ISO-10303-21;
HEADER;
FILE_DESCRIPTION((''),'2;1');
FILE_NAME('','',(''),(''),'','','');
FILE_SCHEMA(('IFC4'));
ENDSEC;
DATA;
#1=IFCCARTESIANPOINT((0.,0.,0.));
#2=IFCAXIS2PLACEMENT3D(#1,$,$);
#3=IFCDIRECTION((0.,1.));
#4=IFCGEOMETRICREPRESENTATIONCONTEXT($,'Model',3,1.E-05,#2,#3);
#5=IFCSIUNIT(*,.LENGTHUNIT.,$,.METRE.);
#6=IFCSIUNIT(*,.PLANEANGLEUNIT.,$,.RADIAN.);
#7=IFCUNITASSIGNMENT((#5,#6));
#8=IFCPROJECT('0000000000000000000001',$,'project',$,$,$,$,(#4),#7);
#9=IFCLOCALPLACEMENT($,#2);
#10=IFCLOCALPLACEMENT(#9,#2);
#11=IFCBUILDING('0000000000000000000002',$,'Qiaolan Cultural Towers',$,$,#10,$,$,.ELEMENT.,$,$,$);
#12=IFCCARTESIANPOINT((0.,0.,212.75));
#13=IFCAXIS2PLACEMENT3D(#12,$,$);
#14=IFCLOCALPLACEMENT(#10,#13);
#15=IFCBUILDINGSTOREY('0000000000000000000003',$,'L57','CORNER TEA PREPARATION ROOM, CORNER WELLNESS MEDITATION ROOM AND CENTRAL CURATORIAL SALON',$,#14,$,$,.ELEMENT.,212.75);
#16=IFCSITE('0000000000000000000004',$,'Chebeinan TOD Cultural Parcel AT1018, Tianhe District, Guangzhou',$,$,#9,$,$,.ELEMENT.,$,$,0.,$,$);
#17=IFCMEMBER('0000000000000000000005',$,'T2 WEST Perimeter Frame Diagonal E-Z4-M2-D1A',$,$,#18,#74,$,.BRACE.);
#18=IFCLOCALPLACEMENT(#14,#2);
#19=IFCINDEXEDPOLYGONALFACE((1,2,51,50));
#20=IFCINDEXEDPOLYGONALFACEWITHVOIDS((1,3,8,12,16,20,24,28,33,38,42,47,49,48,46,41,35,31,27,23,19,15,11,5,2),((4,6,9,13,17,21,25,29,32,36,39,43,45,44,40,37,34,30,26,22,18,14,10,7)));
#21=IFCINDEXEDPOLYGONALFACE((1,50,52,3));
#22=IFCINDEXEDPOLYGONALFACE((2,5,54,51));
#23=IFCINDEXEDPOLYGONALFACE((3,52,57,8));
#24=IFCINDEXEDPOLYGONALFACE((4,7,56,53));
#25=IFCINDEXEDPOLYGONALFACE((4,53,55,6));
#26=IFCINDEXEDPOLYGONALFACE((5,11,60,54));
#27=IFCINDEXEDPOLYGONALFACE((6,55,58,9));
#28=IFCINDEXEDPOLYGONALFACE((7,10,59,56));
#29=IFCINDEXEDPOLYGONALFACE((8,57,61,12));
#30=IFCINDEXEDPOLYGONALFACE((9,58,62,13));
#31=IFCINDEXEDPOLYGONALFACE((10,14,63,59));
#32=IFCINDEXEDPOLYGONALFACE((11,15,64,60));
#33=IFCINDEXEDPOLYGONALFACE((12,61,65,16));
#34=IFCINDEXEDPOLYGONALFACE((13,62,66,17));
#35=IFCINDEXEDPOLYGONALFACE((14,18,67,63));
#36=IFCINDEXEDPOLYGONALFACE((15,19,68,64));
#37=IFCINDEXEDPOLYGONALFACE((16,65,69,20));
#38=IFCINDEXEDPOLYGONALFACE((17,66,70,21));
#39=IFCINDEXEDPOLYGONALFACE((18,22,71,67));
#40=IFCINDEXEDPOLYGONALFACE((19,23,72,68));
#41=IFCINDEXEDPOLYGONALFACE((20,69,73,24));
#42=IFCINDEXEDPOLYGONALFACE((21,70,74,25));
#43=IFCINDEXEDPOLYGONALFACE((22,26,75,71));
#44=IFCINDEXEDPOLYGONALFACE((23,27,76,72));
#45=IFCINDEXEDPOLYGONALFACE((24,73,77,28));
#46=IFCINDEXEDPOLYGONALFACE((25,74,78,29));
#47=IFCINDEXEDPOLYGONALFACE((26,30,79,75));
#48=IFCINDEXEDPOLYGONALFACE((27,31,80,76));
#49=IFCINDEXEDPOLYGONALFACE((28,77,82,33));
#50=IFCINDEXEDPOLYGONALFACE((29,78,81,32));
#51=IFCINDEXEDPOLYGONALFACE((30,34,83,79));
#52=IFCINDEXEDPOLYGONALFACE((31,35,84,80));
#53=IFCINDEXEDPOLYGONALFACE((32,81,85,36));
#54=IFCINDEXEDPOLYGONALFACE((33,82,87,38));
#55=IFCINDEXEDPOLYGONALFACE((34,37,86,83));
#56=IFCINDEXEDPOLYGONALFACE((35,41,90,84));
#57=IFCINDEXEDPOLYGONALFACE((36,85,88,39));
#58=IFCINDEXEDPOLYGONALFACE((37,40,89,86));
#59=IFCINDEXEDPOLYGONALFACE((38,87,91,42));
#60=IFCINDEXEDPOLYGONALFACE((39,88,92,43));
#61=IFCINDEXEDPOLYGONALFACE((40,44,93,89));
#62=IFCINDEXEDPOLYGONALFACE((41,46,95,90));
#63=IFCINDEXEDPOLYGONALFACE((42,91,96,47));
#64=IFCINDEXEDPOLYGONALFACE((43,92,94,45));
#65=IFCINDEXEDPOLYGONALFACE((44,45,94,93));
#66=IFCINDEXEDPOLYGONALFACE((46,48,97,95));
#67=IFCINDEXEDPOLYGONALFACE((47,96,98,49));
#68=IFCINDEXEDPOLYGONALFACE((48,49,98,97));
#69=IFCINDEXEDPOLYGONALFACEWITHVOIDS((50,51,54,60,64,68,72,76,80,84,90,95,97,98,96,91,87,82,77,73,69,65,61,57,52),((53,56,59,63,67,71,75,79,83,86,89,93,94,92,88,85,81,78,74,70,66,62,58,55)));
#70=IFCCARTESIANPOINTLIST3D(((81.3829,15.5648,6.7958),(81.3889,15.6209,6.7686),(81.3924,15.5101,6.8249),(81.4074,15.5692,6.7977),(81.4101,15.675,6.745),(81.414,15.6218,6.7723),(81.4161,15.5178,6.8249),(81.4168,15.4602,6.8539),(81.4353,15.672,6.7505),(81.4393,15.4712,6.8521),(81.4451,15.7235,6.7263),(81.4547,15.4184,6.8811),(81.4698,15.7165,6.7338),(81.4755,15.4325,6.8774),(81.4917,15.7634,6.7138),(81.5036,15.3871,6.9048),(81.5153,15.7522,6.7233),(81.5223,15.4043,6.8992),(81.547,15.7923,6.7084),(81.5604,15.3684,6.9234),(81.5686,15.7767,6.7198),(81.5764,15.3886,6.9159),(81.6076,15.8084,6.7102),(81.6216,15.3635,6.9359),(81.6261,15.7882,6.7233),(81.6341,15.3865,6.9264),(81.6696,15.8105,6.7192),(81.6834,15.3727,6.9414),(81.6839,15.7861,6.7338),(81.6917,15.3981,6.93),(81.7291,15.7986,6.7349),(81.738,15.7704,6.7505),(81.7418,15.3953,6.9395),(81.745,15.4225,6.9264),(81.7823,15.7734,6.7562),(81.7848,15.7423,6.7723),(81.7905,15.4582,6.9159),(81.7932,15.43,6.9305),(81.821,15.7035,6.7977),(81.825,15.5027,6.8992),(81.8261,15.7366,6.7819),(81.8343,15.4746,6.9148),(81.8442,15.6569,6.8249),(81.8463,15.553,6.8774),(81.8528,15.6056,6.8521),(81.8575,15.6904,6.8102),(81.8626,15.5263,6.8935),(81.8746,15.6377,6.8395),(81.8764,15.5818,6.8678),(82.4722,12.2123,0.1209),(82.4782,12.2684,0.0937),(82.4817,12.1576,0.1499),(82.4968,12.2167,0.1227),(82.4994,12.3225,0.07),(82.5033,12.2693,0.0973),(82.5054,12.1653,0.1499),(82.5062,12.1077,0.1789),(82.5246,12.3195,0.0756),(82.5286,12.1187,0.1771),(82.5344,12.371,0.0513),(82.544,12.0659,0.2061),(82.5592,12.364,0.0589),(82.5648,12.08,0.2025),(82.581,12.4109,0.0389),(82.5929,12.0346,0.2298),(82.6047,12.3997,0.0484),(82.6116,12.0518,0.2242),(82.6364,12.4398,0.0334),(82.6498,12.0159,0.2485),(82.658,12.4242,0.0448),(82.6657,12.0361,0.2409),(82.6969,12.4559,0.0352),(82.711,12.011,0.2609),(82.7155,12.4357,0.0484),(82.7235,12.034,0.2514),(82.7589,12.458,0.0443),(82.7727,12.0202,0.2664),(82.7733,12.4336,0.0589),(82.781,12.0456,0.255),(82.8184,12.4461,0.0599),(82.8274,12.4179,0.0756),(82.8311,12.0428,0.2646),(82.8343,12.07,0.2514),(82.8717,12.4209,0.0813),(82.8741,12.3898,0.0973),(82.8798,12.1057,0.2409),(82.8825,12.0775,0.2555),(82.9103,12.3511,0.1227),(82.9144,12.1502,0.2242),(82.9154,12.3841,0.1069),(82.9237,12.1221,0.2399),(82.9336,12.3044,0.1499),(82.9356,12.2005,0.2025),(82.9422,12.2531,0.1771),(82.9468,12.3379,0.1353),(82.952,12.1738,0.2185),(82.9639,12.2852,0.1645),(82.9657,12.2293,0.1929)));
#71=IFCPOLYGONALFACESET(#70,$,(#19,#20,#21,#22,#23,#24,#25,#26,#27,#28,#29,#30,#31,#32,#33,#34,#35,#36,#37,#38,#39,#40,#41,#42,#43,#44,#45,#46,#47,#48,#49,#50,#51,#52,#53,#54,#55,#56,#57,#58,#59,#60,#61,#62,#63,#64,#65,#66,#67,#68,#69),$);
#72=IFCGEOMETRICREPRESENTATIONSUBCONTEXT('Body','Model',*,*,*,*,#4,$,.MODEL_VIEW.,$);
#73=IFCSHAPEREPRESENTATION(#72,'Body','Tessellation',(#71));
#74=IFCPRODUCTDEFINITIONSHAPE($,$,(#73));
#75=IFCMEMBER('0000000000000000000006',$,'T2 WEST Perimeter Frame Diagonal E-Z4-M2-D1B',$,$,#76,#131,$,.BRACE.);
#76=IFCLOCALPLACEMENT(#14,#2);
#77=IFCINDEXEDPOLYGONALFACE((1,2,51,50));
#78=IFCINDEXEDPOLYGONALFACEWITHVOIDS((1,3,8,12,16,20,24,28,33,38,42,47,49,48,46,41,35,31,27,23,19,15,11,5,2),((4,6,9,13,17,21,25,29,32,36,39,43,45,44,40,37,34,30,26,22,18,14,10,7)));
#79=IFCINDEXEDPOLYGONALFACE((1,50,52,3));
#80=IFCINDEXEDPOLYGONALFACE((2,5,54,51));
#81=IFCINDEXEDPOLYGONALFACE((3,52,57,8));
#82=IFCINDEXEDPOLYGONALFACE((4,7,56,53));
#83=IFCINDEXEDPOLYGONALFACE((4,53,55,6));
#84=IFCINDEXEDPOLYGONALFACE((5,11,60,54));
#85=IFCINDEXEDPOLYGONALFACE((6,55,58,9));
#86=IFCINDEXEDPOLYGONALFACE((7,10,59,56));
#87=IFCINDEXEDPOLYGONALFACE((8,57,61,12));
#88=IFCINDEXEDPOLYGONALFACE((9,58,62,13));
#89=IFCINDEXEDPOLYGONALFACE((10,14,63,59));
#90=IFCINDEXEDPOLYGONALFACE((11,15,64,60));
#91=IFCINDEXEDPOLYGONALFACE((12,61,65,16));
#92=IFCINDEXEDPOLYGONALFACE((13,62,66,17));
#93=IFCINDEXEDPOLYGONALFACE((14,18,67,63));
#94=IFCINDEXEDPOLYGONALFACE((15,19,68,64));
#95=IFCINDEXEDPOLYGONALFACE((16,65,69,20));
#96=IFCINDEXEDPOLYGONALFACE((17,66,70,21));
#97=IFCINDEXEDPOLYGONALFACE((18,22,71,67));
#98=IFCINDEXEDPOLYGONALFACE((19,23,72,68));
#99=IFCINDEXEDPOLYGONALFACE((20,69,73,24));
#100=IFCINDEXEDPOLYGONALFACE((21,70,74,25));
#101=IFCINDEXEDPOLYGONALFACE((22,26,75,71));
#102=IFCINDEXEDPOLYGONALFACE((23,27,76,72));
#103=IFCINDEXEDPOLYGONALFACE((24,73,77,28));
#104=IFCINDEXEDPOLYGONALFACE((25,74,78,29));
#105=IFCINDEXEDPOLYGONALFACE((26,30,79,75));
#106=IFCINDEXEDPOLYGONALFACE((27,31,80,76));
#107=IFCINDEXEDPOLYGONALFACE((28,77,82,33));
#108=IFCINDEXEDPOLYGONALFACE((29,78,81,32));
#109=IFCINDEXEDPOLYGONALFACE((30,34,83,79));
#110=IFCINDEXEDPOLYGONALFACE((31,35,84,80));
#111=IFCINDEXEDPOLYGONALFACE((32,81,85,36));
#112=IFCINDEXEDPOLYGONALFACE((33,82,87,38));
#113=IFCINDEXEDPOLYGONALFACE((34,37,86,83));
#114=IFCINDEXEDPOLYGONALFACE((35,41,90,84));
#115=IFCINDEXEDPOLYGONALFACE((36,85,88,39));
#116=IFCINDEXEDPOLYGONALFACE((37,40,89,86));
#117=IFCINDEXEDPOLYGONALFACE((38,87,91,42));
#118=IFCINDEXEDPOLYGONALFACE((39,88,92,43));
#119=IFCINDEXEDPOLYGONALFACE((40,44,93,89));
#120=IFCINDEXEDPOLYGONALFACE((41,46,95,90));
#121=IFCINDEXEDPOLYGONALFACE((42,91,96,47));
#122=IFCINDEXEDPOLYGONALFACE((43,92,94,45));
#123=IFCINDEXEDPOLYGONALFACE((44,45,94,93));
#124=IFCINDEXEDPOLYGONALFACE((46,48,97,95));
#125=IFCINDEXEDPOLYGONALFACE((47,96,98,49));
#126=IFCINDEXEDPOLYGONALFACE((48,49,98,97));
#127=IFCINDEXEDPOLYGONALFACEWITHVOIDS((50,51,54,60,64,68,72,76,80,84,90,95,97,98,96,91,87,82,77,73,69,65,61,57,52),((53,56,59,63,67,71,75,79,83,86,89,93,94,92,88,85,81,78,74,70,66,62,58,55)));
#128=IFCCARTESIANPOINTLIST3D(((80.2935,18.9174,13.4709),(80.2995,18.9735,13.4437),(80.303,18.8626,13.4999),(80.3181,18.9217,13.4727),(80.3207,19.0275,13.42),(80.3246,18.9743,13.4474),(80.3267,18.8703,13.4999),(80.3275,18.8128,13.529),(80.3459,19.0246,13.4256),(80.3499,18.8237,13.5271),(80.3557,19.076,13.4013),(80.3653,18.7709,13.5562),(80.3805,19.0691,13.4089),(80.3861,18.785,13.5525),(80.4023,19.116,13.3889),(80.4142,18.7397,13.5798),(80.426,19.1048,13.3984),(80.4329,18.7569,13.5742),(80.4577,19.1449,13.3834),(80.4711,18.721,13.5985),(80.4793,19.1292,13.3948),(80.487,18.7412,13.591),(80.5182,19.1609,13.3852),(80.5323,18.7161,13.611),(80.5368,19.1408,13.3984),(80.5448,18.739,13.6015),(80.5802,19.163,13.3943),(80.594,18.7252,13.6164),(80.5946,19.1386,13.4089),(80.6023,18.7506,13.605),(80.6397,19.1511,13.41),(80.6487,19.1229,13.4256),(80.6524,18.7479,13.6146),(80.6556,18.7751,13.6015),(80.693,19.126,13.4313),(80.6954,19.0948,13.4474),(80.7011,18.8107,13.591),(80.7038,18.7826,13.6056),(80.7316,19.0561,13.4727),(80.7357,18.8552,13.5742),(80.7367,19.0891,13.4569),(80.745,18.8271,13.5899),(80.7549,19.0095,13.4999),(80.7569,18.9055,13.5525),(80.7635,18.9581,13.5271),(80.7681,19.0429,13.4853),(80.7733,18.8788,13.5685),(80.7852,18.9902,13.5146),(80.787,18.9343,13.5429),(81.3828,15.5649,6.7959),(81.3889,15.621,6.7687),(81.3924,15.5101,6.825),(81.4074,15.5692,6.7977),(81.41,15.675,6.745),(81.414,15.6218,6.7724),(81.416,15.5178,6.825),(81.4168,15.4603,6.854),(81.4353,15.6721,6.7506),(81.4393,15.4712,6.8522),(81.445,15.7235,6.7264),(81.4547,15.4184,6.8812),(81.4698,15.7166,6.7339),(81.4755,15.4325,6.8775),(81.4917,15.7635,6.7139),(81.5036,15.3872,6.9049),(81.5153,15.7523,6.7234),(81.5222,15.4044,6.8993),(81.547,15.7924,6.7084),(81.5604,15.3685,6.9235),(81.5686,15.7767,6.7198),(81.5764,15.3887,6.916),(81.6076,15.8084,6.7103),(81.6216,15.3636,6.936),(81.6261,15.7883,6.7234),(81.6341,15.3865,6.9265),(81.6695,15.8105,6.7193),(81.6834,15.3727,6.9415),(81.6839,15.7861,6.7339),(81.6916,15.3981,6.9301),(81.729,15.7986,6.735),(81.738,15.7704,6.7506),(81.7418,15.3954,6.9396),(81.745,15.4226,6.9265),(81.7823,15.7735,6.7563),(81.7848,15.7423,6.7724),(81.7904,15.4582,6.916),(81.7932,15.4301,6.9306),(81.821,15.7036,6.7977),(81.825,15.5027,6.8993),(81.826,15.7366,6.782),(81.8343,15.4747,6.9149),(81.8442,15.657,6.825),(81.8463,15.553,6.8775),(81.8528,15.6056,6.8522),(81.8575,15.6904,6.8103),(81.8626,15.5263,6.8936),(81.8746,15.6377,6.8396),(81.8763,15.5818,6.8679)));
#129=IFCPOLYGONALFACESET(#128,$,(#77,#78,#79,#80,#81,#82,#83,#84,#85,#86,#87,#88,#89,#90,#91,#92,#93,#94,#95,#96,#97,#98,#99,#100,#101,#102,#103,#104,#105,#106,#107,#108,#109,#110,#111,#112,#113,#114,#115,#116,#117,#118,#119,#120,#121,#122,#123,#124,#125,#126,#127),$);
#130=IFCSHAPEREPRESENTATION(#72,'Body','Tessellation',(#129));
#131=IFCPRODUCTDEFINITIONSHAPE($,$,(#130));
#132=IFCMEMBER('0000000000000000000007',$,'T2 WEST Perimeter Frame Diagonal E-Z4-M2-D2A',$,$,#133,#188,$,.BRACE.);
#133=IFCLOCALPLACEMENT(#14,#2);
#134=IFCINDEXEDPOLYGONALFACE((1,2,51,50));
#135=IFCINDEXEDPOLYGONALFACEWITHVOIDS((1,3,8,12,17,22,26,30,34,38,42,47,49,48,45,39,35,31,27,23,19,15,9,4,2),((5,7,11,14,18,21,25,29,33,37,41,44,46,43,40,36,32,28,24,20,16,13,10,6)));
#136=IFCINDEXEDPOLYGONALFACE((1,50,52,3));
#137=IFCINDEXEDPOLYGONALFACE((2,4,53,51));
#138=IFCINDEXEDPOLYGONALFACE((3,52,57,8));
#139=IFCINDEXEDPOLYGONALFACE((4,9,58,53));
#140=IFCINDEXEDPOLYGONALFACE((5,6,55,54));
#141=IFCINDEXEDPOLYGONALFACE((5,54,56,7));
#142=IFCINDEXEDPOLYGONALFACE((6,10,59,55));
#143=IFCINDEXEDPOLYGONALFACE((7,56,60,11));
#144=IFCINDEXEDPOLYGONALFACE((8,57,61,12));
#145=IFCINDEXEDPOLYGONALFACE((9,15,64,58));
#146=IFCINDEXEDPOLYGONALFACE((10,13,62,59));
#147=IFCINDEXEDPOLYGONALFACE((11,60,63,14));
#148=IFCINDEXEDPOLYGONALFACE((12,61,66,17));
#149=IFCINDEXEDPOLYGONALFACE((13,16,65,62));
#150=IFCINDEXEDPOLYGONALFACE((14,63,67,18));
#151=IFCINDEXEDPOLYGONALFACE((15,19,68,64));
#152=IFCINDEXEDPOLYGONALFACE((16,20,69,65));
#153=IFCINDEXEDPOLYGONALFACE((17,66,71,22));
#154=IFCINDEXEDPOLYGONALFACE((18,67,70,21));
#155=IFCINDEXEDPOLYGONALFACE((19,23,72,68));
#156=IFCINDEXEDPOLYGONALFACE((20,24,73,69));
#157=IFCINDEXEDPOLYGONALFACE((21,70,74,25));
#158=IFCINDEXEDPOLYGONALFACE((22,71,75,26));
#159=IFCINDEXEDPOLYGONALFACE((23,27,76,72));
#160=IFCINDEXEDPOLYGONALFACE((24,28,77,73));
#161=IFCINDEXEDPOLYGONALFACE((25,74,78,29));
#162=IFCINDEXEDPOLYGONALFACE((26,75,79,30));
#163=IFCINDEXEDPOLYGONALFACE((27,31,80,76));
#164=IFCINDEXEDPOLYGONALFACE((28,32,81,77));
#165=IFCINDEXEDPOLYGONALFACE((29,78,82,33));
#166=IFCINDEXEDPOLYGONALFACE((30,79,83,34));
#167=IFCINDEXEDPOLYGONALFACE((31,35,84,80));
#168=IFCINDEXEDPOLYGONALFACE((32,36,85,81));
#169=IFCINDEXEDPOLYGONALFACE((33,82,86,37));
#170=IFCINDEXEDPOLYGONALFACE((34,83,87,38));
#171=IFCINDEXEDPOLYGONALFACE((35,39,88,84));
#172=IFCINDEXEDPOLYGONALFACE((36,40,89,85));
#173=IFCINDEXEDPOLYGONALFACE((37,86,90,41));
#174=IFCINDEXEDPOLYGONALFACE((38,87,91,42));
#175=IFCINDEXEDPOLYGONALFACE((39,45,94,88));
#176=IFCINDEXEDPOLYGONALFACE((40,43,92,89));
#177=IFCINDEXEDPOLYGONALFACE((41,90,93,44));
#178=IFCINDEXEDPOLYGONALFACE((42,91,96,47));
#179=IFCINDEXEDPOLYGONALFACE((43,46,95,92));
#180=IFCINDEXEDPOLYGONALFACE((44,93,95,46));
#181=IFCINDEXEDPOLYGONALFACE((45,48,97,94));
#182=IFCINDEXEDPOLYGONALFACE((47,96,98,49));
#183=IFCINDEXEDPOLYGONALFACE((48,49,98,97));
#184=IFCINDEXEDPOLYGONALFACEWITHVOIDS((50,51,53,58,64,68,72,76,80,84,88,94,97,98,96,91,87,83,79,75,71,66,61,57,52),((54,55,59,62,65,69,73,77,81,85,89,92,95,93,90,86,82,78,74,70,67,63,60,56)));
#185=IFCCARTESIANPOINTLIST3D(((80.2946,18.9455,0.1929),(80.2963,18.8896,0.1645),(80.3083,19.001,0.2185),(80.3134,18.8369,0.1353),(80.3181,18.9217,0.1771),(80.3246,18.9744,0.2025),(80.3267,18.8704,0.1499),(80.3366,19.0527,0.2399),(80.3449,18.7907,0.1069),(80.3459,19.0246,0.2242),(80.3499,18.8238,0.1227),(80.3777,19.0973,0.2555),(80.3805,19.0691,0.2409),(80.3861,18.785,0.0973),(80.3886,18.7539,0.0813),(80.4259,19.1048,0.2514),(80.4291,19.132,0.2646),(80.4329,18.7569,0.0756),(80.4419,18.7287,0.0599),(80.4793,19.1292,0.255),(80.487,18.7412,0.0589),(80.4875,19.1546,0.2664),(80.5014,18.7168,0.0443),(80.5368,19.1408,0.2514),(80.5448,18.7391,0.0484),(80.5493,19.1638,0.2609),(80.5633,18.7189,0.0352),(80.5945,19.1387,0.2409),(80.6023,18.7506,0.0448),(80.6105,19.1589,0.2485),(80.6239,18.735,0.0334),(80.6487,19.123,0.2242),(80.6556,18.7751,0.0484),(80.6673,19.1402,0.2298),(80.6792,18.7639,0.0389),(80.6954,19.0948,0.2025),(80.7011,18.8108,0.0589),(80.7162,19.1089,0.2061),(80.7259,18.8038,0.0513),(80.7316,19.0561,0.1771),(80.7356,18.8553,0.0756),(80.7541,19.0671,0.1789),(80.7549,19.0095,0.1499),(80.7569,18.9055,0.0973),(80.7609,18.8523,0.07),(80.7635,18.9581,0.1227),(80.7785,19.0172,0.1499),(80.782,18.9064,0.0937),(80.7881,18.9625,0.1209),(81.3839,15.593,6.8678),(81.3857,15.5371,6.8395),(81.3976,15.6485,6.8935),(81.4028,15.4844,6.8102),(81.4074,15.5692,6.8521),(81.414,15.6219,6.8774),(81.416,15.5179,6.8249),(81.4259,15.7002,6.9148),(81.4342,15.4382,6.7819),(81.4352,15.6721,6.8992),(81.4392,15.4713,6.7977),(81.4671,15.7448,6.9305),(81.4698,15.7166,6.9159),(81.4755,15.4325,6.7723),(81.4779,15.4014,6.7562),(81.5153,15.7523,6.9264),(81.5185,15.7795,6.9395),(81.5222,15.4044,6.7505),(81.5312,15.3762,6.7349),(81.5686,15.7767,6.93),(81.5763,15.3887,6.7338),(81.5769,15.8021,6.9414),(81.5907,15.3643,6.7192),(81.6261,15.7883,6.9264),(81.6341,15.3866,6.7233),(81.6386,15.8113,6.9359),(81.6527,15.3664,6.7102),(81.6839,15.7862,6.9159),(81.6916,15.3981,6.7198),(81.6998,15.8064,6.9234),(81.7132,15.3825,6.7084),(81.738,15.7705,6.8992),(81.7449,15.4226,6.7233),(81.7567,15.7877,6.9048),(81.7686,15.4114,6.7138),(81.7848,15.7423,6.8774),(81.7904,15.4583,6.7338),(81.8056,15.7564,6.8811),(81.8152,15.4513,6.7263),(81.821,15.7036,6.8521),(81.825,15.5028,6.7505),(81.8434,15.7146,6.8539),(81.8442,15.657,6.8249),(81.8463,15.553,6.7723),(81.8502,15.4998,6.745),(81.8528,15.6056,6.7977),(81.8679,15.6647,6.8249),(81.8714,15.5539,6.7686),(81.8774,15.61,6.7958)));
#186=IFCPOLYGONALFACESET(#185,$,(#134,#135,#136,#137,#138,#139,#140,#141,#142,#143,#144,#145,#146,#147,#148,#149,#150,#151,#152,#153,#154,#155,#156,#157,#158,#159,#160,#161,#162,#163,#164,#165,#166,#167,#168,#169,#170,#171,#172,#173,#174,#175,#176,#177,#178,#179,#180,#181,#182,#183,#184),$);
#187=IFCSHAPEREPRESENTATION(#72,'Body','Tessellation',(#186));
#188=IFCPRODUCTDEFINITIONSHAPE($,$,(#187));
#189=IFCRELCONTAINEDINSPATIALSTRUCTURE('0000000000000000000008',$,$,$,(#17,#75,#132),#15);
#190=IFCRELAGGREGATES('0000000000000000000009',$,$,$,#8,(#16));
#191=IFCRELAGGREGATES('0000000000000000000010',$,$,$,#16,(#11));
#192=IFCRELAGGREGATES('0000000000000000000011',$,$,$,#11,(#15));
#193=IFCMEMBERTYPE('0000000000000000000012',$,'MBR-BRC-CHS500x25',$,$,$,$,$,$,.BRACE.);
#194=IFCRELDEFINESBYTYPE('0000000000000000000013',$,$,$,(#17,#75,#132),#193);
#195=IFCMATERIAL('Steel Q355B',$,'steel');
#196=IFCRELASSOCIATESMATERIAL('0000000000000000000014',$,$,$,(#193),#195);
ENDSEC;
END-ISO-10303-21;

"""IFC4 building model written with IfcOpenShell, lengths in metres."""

from ifc_helpers import new_model, si_unit, direction, frame, origin, origin_2d, place, context, subcontext, project, spatial, hollow_circle, extrude, material, material_profile, profile_set, type_object, element, save


model = new_model("IFC4")

# Units and contexts
model_context = context("Model", 3, precision=1e-05, world=origin(), true_north=direction((0.0, 1.0)))
body_context = subcontext(model_context, "Body", "Model", "MODEL_VIEW")
ifc_project = project(units=[si_unit("LENGTHUNIT", "METRE"), si_unit("PLANEANGLEUNIT", "RADIAN")], contexts=[model_context])

# Site, building, storey
site_placement = place(None, origin())
site = spatial("IfcSite", under=ifc_project, at=site_placement, Name="Chebeinan TOD Cultural Parcel AT1018, Tianhe District, Guangzhou", CompositionType="ELEMENT", RefElevation=0.0)
building_placement = place(site_placement, origin())
building = spatial("IfcBuilding", under=site, at=building_placement, Name="Qiaolan Cultural Towers", CompositionType="ELEMENT")
storey_placement = place(building_placement, frame((0.0, 0.0, 212.75)))
storey = spatial("IfcBuildingStorey", under=building, at=storey_placement, Name="L57", Description="CORNER TEA PREPARATION ROOM, CORNER WELLNESS MEDITATION ROOM AND CENTRAL CURATORIAL SALON", CompositionType="ELEMENT", Elevation=212.75)

# Members
ifc_material_1 = material(Name="Steel Q355B", Category="steel")
ifc_material_profile_1 = material_profile(ifc_material_1, hollow_circle(Radius=0.25, WallThickness=0.0249, at=origin_2d()), Name="CHS500x25")
ifc_profile_set_1 = profile_set([ifc_material_profile_1], Name="Steel Q355B")
member_type = type_object("IfcMemberType", Name="MBR-BRC-CHS500x25", PredefinedType="BRACE", material=ifc_profile_set_1)
for number, where, z_axis, x_axis, name in (
    (1, (82.7195, 12.2349, 0.1499), (-0.144311, 0.444123, 0.884268), (-0.951052, -0.30903, 0.0), "T2 WEST Perimeter Frame Diagonal E-Z4-M2-D1A"),
    (2, (81.6301, 15.5874, 6.825), (-0.144311, 0.444123, 0.884268), (-0.951052, -0.30903, 0.0), "T2 WEST Perimeter Frame Diagonal E-Z4-M2-D1B"),
    (3, (80.5408, 18.9399, 0.1499), (0.144311, -0.444123, 0.884268), (0.951052, 0.30903, 0.0), "T2 WEST Perimeter Frame Diagonal E-Z4-M2-D2A"),
):
    element("IfcMember", number, at=place(storey_placement, frame(where, z_axis=z_axis, x_axis=x_axis)), inside=storey, type_object=member_type, Name=name, PredefinedType="BRACE", context=body_context, shape_type="SweptSolid", body=[
        extrude(hollow_circle(Radius=0.25, WallThickness=0.0249, at=origin_2d()), origin(), (0.0, 0.0, 1.0), 7.5486),
    ])

save(model, "model.ifc")
